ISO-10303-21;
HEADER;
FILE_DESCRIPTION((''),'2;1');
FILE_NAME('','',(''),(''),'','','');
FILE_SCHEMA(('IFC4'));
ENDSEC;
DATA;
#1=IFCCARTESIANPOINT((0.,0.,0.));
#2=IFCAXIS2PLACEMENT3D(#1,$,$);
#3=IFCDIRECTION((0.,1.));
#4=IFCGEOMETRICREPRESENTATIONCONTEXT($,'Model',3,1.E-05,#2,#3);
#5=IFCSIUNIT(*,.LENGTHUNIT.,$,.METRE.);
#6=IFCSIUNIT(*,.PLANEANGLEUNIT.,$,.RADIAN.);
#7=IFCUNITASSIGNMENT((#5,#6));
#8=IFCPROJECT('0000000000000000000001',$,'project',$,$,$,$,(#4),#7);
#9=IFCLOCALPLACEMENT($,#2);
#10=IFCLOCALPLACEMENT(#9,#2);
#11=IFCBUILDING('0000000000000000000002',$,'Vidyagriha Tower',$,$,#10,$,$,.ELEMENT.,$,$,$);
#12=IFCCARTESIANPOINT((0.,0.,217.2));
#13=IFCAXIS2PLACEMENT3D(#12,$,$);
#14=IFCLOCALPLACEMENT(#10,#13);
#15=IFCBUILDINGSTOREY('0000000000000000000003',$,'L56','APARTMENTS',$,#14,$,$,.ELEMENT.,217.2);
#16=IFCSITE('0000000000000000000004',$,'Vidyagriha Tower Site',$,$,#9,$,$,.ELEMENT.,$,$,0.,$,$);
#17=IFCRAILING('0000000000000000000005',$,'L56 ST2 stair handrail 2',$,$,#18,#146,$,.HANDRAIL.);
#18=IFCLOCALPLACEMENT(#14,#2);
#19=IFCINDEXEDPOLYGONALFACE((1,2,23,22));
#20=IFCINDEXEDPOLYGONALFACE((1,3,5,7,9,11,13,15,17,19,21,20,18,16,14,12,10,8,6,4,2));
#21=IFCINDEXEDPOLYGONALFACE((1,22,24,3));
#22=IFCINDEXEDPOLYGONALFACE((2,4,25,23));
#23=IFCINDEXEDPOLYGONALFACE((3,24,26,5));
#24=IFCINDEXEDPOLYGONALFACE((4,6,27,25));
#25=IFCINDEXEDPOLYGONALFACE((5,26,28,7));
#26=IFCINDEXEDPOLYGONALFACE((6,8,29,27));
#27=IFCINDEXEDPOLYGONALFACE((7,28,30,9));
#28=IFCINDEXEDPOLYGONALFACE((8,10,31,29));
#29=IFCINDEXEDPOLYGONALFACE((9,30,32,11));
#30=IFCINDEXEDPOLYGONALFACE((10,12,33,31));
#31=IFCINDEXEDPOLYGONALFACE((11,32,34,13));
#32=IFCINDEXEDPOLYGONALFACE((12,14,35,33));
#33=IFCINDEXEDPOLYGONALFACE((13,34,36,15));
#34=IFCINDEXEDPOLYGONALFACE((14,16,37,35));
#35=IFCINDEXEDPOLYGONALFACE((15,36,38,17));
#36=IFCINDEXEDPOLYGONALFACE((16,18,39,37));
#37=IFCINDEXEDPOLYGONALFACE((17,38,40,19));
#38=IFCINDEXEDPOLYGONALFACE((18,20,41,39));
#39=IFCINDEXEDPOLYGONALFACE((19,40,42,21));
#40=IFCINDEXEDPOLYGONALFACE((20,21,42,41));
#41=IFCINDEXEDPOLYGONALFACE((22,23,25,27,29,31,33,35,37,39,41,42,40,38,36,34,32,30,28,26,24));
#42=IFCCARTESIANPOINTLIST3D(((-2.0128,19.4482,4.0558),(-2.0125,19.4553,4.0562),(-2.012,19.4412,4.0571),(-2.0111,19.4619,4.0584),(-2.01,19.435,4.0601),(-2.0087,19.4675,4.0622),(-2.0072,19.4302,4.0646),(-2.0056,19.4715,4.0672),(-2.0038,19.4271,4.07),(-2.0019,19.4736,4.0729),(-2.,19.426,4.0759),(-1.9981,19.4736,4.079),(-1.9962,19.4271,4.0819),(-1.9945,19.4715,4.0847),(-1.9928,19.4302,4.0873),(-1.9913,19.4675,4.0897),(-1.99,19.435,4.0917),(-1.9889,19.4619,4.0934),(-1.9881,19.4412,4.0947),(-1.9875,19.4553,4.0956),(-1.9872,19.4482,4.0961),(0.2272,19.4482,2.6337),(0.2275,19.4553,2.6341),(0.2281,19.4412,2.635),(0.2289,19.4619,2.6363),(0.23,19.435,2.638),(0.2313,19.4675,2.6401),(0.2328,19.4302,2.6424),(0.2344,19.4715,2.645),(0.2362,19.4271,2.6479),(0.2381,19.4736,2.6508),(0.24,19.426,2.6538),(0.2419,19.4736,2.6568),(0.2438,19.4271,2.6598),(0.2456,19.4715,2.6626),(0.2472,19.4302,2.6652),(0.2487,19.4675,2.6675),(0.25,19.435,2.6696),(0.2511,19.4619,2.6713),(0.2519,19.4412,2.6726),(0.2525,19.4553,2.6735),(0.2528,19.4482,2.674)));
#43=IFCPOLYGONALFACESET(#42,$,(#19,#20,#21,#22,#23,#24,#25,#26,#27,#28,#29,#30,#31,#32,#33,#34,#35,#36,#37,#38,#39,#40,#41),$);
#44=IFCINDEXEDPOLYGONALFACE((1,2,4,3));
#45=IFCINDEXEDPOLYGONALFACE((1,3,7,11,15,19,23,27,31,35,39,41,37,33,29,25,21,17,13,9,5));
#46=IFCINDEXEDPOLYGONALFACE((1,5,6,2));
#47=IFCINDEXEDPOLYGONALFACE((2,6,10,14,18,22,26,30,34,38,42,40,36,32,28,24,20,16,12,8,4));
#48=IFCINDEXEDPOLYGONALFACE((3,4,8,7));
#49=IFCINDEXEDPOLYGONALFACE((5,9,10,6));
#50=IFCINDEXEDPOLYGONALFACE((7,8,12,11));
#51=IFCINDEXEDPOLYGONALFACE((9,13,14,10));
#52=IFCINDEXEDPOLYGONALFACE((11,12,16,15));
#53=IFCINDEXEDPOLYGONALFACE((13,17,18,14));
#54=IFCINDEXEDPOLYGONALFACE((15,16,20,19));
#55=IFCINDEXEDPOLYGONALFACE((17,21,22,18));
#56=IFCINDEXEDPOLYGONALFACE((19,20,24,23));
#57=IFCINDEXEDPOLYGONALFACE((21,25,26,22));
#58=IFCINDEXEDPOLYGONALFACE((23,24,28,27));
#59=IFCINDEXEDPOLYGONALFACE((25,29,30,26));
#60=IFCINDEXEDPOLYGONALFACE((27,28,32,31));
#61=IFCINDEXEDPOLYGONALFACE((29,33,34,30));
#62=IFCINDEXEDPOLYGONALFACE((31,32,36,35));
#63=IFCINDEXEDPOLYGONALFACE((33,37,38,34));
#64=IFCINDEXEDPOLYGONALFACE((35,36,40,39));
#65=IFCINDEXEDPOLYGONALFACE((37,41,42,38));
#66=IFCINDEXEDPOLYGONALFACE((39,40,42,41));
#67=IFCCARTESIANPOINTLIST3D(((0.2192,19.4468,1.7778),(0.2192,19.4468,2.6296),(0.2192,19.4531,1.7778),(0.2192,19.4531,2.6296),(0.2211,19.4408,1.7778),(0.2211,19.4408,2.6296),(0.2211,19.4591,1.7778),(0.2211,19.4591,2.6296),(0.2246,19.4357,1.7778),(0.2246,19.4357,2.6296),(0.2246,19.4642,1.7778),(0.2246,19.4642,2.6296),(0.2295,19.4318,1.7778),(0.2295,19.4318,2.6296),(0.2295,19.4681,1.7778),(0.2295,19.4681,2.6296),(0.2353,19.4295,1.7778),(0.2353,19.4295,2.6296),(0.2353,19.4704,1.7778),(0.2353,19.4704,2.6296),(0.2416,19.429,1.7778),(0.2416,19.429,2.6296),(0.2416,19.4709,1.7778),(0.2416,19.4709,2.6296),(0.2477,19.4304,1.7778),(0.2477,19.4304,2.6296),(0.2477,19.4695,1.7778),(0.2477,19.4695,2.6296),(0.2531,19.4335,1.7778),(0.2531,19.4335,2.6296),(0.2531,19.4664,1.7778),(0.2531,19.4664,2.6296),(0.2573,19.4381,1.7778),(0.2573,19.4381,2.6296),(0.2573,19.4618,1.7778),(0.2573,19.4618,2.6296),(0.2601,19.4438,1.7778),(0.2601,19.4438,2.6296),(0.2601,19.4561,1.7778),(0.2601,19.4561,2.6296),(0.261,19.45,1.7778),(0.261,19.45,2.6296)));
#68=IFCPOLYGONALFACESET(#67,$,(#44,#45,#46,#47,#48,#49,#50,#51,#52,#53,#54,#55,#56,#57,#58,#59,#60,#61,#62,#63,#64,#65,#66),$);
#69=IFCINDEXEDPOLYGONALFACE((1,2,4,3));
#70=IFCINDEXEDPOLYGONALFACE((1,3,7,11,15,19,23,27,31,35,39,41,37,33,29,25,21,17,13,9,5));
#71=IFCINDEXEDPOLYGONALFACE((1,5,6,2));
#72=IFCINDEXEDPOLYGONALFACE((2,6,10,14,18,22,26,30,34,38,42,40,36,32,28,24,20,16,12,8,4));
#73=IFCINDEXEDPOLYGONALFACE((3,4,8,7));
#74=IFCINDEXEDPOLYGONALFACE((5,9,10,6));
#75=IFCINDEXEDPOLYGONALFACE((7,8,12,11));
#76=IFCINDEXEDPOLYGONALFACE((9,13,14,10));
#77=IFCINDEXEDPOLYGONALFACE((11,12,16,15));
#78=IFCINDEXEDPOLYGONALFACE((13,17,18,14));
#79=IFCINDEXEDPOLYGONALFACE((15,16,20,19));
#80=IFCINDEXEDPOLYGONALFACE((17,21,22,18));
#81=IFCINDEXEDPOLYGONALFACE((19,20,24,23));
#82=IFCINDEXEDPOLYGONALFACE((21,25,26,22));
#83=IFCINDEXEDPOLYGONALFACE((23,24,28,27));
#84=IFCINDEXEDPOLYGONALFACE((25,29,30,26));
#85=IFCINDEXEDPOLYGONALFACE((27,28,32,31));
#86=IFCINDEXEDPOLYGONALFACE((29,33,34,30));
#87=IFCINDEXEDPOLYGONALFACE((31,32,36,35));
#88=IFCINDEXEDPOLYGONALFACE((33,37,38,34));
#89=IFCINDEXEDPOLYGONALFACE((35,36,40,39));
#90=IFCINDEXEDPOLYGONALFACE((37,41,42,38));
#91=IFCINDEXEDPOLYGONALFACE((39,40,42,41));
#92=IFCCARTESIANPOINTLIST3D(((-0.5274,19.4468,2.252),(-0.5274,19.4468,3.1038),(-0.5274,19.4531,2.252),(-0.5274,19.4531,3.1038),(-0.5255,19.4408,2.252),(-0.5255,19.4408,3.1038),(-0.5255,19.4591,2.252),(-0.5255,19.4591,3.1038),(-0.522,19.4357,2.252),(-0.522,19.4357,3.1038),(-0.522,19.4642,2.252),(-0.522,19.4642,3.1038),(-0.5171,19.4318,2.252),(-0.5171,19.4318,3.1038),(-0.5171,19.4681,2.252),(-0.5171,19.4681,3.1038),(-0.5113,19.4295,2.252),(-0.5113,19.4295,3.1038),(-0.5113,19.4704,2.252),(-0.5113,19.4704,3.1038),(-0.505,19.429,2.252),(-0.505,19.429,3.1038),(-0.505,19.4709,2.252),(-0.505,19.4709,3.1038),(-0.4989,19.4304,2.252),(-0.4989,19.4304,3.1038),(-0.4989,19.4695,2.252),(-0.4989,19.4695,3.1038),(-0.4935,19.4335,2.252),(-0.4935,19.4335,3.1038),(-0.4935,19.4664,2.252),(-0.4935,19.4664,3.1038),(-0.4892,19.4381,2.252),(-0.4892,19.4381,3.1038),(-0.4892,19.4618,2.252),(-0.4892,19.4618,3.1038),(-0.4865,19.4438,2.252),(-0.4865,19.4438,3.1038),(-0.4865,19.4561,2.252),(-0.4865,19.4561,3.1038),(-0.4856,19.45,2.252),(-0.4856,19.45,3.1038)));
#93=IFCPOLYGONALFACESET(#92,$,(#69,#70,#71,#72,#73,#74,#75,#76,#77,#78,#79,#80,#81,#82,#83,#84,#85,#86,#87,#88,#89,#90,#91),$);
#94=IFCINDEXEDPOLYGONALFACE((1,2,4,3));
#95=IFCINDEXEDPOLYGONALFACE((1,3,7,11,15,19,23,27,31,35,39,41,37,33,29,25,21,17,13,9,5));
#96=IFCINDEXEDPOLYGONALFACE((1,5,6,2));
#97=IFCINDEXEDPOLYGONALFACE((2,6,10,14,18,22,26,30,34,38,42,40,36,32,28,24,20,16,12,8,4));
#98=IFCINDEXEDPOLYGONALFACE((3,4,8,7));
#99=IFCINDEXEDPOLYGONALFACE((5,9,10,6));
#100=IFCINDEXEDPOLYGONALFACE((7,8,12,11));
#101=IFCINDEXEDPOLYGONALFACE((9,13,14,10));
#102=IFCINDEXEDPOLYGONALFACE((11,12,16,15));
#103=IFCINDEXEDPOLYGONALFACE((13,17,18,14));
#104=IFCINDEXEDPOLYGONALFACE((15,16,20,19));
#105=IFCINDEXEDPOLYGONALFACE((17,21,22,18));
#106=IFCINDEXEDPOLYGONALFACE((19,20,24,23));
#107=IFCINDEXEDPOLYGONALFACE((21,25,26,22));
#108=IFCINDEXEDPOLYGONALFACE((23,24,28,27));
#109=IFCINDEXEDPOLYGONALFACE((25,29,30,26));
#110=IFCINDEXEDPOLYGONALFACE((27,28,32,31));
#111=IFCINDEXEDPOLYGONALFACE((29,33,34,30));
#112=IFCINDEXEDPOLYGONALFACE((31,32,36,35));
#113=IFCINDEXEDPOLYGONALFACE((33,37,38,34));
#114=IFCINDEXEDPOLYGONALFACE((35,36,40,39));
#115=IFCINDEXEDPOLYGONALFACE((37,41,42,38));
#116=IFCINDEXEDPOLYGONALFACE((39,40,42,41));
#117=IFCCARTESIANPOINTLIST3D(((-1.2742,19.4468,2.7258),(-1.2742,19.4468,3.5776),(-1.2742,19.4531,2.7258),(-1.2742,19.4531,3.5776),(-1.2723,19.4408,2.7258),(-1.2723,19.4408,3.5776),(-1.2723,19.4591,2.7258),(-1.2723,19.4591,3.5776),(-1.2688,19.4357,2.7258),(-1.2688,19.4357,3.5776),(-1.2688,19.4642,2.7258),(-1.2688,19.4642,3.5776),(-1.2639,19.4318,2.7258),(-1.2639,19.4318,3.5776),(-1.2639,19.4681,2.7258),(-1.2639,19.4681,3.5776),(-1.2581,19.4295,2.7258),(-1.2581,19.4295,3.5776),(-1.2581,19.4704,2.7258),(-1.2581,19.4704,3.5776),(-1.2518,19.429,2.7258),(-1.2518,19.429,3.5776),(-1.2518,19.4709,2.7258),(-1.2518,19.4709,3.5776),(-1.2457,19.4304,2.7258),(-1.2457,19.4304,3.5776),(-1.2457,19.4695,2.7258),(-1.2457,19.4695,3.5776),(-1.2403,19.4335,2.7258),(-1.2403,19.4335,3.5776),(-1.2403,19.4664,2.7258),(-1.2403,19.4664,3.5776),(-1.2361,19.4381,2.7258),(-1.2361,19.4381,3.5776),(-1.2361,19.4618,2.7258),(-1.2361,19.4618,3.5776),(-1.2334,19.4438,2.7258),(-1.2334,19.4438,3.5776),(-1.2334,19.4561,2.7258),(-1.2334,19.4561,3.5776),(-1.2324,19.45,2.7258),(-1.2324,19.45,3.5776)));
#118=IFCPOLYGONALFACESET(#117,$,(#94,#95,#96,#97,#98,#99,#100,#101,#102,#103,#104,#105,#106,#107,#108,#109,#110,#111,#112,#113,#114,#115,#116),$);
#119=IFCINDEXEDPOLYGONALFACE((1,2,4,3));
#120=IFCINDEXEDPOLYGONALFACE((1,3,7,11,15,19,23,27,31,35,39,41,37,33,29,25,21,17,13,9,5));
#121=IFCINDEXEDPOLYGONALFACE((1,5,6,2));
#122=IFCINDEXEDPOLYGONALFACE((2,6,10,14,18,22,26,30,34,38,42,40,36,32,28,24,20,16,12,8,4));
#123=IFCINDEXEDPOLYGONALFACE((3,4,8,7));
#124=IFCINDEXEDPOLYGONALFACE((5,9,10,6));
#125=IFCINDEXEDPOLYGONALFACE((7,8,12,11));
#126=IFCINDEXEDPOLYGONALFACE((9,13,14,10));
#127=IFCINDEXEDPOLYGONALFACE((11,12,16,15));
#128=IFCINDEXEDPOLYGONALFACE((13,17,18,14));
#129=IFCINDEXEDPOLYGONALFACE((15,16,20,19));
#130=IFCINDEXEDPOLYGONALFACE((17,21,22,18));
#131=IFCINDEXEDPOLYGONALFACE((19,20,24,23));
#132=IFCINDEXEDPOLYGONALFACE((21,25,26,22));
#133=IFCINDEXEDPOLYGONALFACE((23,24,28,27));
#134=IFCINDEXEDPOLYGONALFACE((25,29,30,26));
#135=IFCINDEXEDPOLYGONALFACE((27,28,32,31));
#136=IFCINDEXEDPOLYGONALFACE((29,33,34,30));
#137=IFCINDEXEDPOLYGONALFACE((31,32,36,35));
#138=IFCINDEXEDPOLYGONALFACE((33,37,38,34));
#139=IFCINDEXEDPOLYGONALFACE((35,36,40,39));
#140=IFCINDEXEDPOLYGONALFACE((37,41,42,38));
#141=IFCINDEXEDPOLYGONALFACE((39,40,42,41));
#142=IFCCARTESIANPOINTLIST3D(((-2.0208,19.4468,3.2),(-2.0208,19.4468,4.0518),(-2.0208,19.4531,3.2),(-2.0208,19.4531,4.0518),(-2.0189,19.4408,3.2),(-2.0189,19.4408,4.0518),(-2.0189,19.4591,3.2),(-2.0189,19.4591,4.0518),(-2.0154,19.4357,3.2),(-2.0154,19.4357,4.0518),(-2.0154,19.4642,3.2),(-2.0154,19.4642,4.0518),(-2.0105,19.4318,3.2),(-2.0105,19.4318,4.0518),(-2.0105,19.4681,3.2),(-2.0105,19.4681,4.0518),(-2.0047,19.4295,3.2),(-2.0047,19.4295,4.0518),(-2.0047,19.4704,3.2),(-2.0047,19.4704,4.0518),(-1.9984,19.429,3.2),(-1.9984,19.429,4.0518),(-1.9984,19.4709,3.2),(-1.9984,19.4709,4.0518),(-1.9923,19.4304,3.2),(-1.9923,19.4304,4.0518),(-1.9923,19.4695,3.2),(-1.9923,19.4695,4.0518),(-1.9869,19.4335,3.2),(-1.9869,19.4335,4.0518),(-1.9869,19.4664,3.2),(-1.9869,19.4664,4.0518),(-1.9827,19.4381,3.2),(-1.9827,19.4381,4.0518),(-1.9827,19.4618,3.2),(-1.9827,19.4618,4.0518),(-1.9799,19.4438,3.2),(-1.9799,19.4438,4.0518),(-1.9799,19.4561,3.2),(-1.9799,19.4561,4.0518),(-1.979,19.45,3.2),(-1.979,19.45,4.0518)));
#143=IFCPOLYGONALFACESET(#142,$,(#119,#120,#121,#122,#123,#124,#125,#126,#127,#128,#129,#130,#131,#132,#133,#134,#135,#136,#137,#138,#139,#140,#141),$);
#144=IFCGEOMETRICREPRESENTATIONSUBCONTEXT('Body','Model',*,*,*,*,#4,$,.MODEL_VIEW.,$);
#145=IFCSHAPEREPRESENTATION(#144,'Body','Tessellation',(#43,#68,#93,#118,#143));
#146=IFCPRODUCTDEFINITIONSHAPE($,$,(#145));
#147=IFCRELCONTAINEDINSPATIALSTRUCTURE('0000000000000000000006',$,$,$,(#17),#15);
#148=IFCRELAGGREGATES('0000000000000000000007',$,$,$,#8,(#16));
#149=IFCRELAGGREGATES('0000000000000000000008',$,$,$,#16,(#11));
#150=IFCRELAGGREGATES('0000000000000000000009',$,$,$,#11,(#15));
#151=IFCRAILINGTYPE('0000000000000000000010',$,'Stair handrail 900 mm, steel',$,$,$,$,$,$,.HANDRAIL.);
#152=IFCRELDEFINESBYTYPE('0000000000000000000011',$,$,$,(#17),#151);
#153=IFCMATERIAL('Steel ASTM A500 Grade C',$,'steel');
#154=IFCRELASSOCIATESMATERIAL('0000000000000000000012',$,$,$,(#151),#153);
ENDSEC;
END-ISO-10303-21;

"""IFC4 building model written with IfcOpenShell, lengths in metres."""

from ifc_helpers import new_model, si_unit, direction, frame, origin, origin_2d, place, context, subcontext, project, spatial, circle, extrude, material, type_object, element, save


model = new_model("IFC4")

# Units and contexts
model_context = context("Model", 3, precision=1e-05, world=origin(), true_north=direction((0.0, 1.0)))
body_context = subcontext(model_context, "Body", "Model", "MODEL_VIEW")
ifc_project = project(units=[si_unit("LENGTHUNIT", "METRE"), si_unit("PLANEANGLEUNIT", "RADIAN")], contexts=[model_context])

# Site, building, storey
site_placement = place(None, origin())
site = spatial("IfcSite", under=ifc_project, at=site_placement, Name="Vidyagriha Tower Site", CompositionType="ELEMENT", RefElevation=0.0)
building_placement = place(site_placement, origin())
building = spatial("IfcBuilding", under=site, at=building_placement, Name="Vidyagriha Tower", CompositionType="ELEMENT")
storey_placement = place(building_placement, frame((0.0, 0.0, 217.2)))
storey = spatial("IfcBuildingStorey", under=building, at=storey_placement, Name="L56", Description="APARTMENTS", CompositionType="ELEMENT", Elevation=217.2)

# Railing
ifc_material_1 = material(Name="Steel ASTM A500 Grade C", Category="steel")
railing_type_1 = type_object("IfcRailingType", Name="Stair handrail 900 mm, steel", PredefinedType="HANDRAIL", material=ifc_material_1)
railing_1_placement = place(storey_placement, frame((0.24, 19.45, 1.7778)))
element("IfcRailing", 1, at=railing_1_placement, inside=storey, type_object=railing_type_1, Name="L56 ST2 stair handrail 2", PredefinedType="HANDRAIL", context=body_context, shape_type="SweptSolid", body=[
    extrude(circle(Radius=0.0239, at=origin_2d()), frame((0.0, 0.0, 0.876), z_axis=(-0.844229, 0.0, 0.535982), x_axis=(0.0, -1.0, 0.0)), (0.0, 0.0, 1.0), 2.6533),
    extrude(circle(Radius=0.021, at=origin_2d()), origin(), (0.0, 0.0, 1.0), 0.8518),
    extrude(circle(Radius=0.021, at=origin_2d()), frame((-0.7466, 0.0, 0.4741)), (0.0, 0.0, 1.0), 0.8518),
    extrude(circle(Radius=0.021, at=origin_2d()), frame((-1.4934, 0.0, 0.948)), (0.0, 0.0, 1.0), 0.8518),
    extrude(circle(Radius=0.021, at=origin_2d()), frame((-2.24, 0.0, 1.4221)), (0.0, 0.0, 1.0), 0.8518),
])

save(model, "model.ifc")
